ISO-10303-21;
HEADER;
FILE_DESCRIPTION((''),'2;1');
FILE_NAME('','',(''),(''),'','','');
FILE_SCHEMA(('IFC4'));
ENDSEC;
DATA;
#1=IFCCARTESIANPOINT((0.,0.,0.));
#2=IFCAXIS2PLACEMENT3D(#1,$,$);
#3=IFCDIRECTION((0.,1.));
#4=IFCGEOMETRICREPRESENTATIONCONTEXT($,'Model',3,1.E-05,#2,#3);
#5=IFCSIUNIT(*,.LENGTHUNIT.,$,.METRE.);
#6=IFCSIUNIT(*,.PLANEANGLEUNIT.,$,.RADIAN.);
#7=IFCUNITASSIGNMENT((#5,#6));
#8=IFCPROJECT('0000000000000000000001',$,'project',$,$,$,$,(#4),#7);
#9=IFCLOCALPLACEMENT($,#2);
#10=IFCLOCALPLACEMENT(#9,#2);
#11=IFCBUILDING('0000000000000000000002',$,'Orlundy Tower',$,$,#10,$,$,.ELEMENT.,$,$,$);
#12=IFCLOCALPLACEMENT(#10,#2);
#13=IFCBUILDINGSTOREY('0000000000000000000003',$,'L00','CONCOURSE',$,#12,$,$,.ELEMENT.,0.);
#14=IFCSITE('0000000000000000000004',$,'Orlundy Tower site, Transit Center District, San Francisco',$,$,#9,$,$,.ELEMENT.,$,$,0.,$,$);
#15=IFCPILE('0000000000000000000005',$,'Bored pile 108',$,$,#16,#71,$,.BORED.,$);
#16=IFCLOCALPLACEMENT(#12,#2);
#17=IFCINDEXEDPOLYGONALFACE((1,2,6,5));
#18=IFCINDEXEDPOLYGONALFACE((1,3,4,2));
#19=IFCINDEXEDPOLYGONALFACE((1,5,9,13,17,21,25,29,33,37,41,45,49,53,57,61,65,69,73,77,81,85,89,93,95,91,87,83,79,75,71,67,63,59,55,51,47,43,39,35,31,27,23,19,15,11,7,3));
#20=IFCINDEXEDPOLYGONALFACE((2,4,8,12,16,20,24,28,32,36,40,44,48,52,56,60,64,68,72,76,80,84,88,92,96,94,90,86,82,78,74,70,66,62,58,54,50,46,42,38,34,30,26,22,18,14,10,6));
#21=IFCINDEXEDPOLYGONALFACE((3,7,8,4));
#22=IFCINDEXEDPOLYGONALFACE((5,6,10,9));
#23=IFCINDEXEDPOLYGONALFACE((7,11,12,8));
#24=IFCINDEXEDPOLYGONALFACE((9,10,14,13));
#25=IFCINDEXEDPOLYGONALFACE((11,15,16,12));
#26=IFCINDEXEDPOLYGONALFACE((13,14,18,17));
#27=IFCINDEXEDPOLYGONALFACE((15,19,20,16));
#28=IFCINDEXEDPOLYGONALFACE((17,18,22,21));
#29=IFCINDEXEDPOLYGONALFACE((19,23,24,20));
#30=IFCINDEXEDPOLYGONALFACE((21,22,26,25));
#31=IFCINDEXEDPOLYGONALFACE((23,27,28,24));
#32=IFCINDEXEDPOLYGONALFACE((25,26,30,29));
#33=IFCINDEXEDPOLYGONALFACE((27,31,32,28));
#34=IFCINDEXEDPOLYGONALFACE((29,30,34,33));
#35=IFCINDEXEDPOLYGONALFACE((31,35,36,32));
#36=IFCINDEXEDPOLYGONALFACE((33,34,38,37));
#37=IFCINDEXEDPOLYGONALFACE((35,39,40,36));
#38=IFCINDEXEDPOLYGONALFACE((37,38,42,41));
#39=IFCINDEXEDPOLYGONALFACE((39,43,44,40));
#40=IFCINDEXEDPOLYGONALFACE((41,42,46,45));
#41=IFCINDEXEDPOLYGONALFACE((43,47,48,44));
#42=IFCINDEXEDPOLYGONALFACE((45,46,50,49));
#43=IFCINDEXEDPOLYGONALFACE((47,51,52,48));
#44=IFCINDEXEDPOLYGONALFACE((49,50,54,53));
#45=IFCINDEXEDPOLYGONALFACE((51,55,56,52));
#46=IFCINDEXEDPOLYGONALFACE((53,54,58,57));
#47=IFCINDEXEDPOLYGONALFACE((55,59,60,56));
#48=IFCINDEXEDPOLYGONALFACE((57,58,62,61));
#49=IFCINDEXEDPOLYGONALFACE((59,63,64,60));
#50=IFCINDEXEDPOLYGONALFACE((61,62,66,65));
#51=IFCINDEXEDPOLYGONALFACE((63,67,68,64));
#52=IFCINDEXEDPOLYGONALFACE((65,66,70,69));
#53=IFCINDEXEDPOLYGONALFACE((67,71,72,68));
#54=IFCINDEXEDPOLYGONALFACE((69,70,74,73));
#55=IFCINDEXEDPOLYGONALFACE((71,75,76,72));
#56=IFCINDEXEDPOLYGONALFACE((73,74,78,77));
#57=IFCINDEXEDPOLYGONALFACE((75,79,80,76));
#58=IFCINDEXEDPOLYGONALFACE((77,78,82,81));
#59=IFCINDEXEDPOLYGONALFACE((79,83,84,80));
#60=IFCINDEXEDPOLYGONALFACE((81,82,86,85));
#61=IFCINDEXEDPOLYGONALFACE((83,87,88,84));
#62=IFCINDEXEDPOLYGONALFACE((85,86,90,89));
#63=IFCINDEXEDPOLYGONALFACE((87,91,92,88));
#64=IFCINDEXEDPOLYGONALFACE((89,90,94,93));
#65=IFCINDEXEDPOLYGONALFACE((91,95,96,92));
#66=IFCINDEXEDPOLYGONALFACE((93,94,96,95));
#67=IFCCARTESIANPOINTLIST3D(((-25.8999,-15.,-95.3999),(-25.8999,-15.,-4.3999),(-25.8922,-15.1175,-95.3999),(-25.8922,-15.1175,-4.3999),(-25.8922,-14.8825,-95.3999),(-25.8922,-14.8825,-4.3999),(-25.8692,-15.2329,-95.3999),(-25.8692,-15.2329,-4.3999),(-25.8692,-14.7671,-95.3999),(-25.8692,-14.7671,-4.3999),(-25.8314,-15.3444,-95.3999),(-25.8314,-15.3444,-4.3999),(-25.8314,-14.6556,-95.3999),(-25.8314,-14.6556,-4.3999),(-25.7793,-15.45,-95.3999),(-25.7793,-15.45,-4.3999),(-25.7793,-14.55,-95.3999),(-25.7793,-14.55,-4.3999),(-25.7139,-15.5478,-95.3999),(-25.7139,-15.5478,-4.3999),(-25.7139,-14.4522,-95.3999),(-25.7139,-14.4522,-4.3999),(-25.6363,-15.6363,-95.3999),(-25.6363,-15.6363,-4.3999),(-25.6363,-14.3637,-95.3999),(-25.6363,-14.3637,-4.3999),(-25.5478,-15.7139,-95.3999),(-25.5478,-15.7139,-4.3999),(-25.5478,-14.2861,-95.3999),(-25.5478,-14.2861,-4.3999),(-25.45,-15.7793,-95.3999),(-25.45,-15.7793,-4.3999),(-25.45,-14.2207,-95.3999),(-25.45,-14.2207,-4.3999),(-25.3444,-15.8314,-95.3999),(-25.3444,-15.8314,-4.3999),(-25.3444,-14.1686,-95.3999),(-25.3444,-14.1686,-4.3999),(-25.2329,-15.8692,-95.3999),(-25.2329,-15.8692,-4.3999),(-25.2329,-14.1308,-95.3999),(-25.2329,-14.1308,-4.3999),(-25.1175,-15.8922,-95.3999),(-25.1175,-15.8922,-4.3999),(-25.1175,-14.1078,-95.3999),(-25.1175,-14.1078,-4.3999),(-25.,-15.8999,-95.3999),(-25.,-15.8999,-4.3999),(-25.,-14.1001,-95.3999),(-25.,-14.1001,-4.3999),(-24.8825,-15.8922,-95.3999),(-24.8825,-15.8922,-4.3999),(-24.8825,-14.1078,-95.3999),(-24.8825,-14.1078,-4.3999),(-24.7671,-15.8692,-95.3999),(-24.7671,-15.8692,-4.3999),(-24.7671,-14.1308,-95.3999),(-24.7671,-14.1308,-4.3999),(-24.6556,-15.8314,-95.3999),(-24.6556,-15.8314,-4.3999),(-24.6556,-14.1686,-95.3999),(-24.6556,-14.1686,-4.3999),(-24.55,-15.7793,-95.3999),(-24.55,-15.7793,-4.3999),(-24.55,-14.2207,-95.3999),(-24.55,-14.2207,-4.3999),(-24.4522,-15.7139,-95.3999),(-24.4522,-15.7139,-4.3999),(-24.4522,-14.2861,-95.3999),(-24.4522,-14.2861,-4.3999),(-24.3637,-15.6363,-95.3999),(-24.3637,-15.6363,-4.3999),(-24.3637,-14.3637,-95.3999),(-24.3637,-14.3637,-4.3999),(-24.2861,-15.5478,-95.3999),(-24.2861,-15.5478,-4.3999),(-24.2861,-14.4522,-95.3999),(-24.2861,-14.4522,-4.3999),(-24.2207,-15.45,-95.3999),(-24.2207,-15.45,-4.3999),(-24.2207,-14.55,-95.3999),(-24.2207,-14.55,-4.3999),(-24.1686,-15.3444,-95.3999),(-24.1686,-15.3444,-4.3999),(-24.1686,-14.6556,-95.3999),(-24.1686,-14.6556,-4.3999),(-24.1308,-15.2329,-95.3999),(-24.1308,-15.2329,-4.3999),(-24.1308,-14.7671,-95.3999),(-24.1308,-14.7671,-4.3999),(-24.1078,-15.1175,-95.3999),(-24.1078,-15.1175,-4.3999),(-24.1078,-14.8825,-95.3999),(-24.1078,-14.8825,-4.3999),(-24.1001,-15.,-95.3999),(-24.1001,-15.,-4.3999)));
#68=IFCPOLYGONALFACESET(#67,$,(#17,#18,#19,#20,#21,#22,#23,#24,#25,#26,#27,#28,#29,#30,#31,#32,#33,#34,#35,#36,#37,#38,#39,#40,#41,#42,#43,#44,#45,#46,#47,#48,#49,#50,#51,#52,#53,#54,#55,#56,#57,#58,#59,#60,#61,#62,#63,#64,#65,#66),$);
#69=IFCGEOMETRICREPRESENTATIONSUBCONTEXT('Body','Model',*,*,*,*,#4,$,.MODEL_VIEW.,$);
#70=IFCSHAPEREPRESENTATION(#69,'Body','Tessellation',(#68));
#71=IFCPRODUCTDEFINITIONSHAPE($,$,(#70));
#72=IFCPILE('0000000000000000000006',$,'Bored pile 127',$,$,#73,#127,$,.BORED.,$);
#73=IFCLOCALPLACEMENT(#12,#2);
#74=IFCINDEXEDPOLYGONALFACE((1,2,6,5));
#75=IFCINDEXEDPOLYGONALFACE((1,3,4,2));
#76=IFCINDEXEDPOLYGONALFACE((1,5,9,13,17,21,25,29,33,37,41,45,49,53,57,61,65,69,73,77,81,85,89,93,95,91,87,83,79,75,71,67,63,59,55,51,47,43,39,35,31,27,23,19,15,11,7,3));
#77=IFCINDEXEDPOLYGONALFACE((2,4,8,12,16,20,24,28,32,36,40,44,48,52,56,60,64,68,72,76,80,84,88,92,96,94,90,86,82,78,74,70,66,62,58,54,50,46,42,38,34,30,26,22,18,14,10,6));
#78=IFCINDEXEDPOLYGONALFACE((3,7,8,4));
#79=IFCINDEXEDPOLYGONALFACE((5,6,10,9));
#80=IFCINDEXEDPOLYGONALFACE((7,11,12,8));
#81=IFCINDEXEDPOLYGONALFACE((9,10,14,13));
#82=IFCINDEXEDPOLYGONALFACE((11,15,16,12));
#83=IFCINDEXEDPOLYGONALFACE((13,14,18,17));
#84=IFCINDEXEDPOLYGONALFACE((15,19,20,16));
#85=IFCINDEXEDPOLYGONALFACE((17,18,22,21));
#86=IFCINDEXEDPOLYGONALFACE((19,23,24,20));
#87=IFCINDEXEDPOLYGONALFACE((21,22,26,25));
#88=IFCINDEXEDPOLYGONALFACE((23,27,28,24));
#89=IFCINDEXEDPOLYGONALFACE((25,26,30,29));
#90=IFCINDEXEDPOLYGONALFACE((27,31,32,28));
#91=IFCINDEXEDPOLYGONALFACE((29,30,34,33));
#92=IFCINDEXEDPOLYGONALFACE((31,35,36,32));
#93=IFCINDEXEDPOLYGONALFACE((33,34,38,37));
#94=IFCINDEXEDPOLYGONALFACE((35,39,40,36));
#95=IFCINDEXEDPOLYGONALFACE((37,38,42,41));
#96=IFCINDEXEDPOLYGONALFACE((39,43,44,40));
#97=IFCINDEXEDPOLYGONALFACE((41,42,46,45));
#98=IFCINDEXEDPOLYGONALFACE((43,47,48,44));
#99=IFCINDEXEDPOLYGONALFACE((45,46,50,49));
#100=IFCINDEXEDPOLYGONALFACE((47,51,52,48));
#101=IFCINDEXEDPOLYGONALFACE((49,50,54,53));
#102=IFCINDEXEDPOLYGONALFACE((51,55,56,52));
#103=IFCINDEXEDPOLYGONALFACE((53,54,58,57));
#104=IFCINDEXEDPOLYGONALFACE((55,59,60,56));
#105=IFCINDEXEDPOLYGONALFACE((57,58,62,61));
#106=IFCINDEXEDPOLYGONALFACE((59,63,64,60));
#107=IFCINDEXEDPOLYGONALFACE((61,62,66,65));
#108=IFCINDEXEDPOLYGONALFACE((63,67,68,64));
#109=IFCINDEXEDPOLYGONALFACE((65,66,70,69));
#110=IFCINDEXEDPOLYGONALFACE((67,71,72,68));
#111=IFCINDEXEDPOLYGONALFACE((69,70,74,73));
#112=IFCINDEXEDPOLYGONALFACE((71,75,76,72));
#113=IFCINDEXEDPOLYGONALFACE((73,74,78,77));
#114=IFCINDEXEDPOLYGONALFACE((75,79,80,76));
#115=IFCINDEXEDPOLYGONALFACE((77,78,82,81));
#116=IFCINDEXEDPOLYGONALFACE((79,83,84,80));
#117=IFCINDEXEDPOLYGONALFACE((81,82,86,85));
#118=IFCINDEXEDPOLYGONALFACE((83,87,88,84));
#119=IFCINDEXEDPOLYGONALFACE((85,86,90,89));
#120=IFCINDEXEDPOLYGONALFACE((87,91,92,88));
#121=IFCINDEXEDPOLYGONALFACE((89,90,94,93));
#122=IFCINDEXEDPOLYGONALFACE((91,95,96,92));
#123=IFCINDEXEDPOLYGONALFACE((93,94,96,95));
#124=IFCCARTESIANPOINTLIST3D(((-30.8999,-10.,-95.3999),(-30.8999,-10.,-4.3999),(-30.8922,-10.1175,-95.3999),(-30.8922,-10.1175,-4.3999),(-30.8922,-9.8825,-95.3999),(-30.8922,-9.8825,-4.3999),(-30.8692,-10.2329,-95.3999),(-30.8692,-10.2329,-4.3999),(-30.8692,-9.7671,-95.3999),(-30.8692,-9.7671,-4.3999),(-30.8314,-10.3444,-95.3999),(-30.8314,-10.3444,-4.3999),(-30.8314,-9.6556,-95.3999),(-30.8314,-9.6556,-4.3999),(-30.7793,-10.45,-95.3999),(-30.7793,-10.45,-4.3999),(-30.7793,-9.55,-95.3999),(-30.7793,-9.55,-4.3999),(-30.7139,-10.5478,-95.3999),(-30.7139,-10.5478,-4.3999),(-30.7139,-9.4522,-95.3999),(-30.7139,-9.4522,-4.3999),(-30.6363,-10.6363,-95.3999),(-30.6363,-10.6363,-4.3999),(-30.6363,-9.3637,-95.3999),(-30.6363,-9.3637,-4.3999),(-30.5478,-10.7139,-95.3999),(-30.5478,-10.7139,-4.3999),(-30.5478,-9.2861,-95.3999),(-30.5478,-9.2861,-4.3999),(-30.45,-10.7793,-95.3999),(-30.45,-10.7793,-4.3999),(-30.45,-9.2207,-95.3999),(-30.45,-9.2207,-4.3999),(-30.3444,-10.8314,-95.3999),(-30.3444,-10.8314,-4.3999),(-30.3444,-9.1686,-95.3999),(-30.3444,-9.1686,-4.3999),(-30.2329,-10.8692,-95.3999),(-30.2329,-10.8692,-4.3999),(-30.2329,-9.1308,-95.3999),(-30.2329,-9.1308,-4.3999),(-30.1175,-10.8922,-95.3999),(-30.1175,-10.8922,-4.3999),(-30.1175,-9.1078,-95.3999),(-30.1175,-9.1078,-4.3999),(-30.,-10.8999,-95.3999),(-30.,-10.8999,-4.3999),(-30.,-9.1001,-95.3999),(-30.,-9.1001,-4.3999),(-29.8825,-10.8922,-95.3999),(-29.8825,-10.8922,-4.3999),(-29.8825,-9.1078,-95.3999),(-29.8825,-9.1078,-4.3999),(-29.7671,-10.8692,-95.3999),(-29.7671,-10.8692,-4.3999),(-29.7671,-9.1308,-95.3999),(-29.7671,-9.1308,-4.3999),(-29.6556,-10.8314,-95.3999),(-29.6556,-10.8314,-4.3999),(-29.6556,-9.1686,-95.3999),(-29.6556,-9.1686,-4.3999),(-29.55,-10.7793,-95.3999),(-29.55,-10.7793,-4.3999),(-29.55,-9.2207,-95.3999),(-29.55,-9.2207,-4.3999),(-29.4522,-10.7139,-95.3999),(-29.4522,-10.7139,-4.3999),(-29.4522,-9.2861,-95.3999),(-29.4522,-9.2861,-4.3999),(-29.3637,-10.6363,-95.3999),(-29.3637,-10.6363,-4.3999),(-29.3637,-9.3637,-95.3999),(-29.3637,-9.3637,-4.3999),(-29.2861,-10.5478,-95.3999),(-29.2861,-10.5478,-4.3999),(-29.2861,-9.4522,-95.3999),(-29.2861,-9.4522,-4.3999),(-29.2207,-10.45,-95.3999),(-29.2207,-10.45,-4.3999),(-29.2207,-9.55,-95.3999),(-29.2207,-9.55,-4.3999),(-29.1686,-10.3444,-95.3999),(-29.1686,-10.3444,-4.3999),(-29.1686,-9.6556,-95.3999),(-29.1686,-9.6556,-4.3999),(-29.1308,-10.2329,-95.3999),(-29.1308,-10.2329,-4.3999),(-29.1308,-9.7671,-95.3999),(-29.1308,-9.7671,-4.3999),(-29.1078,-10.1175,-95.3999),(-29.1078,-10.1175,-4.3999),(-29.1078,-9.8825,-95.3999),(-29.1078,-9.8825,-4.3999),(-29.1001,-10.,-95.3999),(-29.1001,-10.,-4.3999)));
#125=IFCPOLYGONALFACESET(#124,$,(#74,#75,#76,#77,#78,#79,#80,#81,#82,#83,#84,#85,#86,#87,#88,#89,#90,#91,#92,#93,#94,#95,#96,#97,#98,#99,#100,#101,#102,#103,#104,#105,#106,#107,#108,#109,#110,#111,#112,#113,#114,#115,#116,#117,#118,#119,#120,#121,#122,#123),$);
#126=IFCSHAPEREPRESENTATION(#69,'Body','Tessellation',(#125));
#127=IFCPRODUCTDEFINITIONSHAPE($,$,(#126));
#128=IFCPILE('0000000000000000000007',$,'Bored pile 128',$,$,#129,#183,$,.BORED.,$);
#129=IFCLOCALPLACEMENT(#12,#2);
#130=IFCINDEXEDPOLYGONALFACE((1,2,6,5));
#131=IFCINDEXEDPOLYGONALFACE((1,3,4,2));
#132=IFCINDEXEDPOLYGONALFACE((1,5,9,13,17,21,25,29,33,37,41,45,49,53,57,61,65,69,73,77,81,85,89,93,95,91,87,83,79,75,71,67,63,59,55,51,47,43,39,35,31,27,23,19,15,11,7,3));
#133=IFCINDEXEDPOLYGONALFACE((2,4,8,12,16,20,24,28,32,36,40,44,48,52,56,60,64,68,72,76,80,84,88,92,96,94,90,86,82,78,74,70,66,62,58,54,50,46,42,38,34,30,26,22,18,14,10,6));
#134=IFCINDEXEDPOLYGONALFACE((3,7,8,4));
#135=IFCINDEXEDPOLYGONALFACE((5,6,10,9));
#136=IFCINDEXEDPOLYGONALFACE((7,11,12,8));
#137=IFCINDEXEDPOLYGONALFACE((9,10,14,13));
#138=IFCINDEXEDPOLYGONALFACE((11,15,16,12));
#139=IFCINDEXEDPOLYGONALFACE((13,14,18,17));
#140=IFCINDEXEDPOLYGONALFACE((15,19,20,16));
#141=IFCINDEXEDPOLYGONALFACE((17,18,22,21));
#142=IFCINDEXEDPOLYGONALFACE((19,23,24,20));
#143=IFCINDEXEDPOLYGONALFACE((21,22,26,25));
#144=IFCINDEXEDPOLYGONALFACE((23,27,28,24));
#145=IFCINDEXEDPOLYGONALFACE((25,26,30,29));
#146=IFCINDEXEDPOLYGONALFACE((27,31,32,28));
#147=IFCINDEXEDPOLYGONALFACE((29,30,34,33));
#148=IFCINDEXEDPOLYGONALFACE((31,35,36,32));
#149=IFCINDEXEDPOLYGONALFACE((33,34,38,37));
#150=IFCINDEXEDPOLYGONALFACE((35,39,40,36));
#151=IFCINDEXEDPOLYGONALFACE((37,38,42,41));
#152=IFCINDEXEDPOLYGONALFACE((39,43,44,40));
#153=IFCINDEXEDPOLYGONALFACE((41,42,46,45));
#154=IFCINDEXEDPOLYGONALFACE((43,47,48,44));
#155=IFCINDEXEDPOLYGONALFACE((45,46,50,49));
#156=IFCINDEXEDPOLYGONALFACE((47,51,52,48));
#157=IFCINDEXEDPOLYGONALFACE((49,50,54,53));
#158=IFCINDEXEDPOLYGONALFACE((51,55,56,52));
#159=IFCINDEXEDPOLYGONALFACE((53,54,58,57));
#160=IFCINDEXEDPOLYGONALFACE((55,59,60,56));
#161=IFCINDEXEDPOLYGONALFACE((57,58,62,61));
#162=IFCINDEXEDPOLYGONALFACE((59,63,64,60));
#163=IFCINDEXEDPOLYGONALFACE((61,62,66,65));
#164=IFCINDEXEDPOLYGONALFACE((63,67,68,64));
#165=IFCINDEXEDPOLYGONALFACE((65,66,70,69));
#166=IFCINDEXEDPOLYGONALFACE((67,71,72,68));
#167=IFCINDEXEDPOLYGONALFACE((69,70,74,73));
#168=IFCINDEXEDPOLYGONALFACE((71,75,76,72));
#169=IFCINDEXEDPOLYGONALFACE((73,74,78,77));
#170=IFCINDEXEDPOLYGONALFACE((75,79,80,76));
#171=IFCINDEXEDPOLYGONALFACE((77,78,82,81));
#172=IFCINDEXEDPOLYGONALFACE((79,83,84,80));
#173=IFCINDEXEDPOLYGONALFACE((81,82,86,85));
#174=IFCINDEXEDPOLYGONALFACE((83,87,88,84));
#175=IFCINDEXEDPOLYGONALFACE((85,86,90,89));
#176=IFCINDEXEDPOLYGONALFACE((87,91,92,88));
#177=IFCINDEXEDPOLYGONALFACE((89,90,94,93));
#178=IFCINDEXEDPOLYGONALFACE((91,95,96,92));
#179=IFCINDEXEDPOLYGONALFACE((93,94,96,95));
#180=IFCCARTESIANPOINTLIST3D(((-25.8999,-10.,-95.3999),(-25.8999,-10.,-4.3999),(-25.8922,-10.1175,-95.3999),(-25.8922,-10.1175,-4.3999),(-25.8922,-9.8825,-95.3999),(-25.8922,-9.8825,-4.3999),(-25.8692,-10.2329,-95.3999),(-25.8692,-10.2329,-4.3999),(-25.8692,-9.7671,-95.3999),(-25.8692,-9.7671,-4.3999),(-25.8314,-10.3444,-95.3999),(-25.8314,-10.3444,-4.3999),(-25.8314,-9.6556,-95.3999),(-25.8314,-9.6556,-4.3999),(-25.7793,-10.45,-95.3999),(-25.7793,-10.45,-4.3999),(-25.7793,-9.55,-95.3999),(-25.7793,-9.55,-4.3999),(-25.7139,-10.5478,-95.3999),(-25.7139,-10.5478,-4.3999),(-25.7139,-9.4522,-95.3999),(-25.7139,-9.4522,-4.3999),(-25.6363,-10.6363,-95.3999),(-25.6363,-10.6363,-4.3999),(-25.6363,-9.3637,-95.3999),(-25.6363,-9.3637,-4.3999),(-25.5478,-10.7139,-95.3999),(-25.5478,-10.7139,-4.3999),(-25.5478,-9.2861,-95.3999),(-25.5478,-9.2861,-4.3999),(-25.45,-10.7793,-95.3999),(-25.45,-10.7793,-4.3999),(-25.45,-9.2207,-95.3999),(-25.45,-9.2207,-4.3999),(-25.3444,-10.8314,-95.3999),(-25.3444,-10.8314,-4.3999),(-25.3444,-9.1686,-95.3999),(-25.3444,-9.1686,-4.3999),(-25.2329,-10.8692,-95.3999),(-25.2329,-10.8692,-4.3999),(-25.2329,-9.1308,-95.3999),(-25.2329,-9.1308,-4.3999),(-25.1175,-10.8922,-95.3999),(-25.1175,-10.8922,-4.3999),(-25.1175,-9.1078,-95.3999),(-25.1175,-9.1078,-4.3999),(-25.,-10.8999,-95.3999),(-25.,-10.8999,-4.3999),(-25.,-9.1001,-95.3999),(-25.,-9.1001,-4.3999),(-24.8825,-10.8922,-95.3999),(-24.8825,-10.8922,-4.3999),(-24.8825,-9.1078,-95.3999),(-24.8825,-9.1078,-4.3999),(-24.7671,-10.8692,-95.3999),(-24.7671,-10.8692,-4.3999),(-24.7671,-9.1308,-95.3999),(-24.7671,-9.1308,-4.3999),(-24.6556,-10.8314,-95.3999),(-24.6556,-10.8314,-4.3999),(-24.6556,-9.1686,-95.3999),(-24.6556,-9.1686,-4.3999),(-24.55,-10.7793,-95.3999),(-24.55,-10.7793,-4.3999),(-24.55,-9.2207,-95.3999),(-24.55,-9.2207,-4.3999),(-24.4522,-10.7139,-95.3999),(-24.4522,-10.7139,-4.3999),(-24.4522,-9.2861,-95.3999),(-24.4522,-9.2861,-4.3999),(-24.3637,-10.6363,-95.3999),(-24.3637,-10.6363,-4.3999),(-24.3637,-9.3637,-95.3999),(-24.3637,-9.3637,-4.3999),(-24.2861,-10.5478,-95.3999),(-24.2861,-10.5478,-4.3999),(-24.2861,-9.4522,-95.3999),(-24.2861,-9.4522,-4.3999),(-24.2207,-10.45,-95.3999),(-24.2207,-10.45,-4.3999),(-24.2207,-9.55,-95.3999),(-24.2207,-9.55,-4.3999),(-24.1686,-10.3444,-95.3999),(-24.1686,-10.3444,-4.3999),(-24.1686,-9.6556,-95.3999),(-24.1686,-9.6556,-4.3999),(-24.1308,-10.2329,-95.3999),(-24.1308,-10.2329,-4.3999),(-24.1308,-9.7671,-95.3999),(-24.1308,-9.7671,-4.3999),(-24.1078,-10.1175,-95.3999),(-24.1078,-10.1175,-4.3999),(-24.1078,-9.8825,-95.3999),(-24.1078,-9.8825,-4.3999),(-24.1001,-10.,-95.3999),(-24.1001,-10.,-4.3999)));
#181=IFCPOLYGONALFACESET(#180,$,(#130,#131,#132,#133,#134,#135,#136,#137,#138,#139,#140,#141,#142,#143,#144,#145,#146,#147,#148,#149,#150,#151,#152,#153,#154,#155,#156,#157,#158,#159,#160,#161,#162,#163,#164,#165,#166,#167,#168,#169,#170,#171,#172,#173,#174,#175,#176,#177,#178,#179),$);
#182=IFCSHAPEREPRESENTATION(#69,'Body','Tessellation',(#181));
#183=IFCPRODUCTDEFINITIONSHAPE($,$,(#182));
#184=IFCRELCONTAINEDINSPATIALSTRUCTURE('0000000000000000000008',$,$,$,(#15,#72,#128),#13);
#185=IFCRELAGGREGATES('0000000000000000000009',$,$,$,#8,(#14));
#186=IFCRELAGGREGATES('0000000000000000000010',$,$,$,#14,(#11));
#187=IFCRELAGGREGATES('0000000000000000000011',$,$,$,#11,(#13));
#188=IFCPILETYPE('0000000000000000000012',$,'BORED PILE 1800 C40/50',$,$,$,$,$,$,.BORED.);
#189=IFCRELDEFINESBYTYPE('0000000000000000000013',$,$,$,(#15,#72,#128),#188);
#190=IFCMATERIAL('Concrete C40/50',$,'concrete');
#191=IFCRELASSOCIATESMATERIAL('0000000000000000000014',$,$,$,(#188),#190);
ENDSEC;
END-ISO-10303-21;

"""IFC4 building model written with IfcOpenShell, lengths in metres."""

from ifc_helpers import new_model, si_unit, direction, frame, origin, origin_2d, place, context, subcontext, project, spatial, circle, extrude, material, material_profile, profile_set, type_object, element, save


model = new_model("IFC4")

# Units and contexts
model_context = context("Model", 3, precision=1e-05, world=origin(), true_north=direction((0.0, 1.0)))
body_context = subcontext(model_context, "Body", "Model", "MODEL_VIEW")
ifc_project = project(units=[si_unit("LENGTHUNIT", "METRE"), si_unit("PLANEANGLEUNIT", "RADIAN")], contexts=[model_context])

# Site, building, storey
site_placement = place(None, origin())
site = spatial("IfcSite", under=ifc_project, at=site_placement, Name="Orlundy Tower site, Transit Center District, San Francisco", CompositionType="ELEMENT", RefElevation=0.0)
building_placement = place(site_placement, origin())
building = spatial("IfcBuilding", under=site, at=building_placement, Name="Orlundy Tower", CompositionType="ELEMENT")
storey_placement = place(building_placement, origin())
storey = spatial("IfcBuildingStorey", under=building, at=storey_placement, Name="L00", Description="CONCOURSE", CompositionType="ELEMENT", Elevation=0.0)

# Piles
ifc_material_1 = material(Name="Concrete C40/50", Category="concrete")
ifc_material_profile_1 = material_profile(ifc_material_1, circle(Radius=0.8999, at=origin_2d()), Name="BP1800")
ifc_profile_set_1 = profile_set([ifc_material_profile_1], Name="Concrete C40/50")
pile_type = type_object("IfcPileType", Name="BORED PILE 1800 C40/50", PredefinedType="BORED", material=ifc_profile_set_1)
for number, where, z_axis, x_axis, name in (
    (1, (-25.0, -15.0, -4.3999), (0.0, 0.0, -1.0), (1.0, 0.0, 0.0), "Bored pile 108"),
    (2, (-30.0, -10.0, -4.3999), (0.0, 0.0, -1.0), (1.0, 0.0, 0.0), "Bored pile 127"),
    (3, (-25.0, -10.0, -4.3999), (0.0, 0.0, -1.0), (1.0, 0.0, 0.0), "Bored pile 128"),
):
    element("IfcPile", number, at=place(storey_placement, frame(where, z_axis=z_axis, x_axis=x_axis)), inside=storey, type_object=pile_type, Name=name, PredefinedType="BORED", context=body_context, shape_type="SweptSolid", body=[
        extrude(circle(Radius=0.8999, at=origin_2d()), origin(), (0.0, 0.0, 1.0), 91.0),
    ])

save(model, "model.ifc")
